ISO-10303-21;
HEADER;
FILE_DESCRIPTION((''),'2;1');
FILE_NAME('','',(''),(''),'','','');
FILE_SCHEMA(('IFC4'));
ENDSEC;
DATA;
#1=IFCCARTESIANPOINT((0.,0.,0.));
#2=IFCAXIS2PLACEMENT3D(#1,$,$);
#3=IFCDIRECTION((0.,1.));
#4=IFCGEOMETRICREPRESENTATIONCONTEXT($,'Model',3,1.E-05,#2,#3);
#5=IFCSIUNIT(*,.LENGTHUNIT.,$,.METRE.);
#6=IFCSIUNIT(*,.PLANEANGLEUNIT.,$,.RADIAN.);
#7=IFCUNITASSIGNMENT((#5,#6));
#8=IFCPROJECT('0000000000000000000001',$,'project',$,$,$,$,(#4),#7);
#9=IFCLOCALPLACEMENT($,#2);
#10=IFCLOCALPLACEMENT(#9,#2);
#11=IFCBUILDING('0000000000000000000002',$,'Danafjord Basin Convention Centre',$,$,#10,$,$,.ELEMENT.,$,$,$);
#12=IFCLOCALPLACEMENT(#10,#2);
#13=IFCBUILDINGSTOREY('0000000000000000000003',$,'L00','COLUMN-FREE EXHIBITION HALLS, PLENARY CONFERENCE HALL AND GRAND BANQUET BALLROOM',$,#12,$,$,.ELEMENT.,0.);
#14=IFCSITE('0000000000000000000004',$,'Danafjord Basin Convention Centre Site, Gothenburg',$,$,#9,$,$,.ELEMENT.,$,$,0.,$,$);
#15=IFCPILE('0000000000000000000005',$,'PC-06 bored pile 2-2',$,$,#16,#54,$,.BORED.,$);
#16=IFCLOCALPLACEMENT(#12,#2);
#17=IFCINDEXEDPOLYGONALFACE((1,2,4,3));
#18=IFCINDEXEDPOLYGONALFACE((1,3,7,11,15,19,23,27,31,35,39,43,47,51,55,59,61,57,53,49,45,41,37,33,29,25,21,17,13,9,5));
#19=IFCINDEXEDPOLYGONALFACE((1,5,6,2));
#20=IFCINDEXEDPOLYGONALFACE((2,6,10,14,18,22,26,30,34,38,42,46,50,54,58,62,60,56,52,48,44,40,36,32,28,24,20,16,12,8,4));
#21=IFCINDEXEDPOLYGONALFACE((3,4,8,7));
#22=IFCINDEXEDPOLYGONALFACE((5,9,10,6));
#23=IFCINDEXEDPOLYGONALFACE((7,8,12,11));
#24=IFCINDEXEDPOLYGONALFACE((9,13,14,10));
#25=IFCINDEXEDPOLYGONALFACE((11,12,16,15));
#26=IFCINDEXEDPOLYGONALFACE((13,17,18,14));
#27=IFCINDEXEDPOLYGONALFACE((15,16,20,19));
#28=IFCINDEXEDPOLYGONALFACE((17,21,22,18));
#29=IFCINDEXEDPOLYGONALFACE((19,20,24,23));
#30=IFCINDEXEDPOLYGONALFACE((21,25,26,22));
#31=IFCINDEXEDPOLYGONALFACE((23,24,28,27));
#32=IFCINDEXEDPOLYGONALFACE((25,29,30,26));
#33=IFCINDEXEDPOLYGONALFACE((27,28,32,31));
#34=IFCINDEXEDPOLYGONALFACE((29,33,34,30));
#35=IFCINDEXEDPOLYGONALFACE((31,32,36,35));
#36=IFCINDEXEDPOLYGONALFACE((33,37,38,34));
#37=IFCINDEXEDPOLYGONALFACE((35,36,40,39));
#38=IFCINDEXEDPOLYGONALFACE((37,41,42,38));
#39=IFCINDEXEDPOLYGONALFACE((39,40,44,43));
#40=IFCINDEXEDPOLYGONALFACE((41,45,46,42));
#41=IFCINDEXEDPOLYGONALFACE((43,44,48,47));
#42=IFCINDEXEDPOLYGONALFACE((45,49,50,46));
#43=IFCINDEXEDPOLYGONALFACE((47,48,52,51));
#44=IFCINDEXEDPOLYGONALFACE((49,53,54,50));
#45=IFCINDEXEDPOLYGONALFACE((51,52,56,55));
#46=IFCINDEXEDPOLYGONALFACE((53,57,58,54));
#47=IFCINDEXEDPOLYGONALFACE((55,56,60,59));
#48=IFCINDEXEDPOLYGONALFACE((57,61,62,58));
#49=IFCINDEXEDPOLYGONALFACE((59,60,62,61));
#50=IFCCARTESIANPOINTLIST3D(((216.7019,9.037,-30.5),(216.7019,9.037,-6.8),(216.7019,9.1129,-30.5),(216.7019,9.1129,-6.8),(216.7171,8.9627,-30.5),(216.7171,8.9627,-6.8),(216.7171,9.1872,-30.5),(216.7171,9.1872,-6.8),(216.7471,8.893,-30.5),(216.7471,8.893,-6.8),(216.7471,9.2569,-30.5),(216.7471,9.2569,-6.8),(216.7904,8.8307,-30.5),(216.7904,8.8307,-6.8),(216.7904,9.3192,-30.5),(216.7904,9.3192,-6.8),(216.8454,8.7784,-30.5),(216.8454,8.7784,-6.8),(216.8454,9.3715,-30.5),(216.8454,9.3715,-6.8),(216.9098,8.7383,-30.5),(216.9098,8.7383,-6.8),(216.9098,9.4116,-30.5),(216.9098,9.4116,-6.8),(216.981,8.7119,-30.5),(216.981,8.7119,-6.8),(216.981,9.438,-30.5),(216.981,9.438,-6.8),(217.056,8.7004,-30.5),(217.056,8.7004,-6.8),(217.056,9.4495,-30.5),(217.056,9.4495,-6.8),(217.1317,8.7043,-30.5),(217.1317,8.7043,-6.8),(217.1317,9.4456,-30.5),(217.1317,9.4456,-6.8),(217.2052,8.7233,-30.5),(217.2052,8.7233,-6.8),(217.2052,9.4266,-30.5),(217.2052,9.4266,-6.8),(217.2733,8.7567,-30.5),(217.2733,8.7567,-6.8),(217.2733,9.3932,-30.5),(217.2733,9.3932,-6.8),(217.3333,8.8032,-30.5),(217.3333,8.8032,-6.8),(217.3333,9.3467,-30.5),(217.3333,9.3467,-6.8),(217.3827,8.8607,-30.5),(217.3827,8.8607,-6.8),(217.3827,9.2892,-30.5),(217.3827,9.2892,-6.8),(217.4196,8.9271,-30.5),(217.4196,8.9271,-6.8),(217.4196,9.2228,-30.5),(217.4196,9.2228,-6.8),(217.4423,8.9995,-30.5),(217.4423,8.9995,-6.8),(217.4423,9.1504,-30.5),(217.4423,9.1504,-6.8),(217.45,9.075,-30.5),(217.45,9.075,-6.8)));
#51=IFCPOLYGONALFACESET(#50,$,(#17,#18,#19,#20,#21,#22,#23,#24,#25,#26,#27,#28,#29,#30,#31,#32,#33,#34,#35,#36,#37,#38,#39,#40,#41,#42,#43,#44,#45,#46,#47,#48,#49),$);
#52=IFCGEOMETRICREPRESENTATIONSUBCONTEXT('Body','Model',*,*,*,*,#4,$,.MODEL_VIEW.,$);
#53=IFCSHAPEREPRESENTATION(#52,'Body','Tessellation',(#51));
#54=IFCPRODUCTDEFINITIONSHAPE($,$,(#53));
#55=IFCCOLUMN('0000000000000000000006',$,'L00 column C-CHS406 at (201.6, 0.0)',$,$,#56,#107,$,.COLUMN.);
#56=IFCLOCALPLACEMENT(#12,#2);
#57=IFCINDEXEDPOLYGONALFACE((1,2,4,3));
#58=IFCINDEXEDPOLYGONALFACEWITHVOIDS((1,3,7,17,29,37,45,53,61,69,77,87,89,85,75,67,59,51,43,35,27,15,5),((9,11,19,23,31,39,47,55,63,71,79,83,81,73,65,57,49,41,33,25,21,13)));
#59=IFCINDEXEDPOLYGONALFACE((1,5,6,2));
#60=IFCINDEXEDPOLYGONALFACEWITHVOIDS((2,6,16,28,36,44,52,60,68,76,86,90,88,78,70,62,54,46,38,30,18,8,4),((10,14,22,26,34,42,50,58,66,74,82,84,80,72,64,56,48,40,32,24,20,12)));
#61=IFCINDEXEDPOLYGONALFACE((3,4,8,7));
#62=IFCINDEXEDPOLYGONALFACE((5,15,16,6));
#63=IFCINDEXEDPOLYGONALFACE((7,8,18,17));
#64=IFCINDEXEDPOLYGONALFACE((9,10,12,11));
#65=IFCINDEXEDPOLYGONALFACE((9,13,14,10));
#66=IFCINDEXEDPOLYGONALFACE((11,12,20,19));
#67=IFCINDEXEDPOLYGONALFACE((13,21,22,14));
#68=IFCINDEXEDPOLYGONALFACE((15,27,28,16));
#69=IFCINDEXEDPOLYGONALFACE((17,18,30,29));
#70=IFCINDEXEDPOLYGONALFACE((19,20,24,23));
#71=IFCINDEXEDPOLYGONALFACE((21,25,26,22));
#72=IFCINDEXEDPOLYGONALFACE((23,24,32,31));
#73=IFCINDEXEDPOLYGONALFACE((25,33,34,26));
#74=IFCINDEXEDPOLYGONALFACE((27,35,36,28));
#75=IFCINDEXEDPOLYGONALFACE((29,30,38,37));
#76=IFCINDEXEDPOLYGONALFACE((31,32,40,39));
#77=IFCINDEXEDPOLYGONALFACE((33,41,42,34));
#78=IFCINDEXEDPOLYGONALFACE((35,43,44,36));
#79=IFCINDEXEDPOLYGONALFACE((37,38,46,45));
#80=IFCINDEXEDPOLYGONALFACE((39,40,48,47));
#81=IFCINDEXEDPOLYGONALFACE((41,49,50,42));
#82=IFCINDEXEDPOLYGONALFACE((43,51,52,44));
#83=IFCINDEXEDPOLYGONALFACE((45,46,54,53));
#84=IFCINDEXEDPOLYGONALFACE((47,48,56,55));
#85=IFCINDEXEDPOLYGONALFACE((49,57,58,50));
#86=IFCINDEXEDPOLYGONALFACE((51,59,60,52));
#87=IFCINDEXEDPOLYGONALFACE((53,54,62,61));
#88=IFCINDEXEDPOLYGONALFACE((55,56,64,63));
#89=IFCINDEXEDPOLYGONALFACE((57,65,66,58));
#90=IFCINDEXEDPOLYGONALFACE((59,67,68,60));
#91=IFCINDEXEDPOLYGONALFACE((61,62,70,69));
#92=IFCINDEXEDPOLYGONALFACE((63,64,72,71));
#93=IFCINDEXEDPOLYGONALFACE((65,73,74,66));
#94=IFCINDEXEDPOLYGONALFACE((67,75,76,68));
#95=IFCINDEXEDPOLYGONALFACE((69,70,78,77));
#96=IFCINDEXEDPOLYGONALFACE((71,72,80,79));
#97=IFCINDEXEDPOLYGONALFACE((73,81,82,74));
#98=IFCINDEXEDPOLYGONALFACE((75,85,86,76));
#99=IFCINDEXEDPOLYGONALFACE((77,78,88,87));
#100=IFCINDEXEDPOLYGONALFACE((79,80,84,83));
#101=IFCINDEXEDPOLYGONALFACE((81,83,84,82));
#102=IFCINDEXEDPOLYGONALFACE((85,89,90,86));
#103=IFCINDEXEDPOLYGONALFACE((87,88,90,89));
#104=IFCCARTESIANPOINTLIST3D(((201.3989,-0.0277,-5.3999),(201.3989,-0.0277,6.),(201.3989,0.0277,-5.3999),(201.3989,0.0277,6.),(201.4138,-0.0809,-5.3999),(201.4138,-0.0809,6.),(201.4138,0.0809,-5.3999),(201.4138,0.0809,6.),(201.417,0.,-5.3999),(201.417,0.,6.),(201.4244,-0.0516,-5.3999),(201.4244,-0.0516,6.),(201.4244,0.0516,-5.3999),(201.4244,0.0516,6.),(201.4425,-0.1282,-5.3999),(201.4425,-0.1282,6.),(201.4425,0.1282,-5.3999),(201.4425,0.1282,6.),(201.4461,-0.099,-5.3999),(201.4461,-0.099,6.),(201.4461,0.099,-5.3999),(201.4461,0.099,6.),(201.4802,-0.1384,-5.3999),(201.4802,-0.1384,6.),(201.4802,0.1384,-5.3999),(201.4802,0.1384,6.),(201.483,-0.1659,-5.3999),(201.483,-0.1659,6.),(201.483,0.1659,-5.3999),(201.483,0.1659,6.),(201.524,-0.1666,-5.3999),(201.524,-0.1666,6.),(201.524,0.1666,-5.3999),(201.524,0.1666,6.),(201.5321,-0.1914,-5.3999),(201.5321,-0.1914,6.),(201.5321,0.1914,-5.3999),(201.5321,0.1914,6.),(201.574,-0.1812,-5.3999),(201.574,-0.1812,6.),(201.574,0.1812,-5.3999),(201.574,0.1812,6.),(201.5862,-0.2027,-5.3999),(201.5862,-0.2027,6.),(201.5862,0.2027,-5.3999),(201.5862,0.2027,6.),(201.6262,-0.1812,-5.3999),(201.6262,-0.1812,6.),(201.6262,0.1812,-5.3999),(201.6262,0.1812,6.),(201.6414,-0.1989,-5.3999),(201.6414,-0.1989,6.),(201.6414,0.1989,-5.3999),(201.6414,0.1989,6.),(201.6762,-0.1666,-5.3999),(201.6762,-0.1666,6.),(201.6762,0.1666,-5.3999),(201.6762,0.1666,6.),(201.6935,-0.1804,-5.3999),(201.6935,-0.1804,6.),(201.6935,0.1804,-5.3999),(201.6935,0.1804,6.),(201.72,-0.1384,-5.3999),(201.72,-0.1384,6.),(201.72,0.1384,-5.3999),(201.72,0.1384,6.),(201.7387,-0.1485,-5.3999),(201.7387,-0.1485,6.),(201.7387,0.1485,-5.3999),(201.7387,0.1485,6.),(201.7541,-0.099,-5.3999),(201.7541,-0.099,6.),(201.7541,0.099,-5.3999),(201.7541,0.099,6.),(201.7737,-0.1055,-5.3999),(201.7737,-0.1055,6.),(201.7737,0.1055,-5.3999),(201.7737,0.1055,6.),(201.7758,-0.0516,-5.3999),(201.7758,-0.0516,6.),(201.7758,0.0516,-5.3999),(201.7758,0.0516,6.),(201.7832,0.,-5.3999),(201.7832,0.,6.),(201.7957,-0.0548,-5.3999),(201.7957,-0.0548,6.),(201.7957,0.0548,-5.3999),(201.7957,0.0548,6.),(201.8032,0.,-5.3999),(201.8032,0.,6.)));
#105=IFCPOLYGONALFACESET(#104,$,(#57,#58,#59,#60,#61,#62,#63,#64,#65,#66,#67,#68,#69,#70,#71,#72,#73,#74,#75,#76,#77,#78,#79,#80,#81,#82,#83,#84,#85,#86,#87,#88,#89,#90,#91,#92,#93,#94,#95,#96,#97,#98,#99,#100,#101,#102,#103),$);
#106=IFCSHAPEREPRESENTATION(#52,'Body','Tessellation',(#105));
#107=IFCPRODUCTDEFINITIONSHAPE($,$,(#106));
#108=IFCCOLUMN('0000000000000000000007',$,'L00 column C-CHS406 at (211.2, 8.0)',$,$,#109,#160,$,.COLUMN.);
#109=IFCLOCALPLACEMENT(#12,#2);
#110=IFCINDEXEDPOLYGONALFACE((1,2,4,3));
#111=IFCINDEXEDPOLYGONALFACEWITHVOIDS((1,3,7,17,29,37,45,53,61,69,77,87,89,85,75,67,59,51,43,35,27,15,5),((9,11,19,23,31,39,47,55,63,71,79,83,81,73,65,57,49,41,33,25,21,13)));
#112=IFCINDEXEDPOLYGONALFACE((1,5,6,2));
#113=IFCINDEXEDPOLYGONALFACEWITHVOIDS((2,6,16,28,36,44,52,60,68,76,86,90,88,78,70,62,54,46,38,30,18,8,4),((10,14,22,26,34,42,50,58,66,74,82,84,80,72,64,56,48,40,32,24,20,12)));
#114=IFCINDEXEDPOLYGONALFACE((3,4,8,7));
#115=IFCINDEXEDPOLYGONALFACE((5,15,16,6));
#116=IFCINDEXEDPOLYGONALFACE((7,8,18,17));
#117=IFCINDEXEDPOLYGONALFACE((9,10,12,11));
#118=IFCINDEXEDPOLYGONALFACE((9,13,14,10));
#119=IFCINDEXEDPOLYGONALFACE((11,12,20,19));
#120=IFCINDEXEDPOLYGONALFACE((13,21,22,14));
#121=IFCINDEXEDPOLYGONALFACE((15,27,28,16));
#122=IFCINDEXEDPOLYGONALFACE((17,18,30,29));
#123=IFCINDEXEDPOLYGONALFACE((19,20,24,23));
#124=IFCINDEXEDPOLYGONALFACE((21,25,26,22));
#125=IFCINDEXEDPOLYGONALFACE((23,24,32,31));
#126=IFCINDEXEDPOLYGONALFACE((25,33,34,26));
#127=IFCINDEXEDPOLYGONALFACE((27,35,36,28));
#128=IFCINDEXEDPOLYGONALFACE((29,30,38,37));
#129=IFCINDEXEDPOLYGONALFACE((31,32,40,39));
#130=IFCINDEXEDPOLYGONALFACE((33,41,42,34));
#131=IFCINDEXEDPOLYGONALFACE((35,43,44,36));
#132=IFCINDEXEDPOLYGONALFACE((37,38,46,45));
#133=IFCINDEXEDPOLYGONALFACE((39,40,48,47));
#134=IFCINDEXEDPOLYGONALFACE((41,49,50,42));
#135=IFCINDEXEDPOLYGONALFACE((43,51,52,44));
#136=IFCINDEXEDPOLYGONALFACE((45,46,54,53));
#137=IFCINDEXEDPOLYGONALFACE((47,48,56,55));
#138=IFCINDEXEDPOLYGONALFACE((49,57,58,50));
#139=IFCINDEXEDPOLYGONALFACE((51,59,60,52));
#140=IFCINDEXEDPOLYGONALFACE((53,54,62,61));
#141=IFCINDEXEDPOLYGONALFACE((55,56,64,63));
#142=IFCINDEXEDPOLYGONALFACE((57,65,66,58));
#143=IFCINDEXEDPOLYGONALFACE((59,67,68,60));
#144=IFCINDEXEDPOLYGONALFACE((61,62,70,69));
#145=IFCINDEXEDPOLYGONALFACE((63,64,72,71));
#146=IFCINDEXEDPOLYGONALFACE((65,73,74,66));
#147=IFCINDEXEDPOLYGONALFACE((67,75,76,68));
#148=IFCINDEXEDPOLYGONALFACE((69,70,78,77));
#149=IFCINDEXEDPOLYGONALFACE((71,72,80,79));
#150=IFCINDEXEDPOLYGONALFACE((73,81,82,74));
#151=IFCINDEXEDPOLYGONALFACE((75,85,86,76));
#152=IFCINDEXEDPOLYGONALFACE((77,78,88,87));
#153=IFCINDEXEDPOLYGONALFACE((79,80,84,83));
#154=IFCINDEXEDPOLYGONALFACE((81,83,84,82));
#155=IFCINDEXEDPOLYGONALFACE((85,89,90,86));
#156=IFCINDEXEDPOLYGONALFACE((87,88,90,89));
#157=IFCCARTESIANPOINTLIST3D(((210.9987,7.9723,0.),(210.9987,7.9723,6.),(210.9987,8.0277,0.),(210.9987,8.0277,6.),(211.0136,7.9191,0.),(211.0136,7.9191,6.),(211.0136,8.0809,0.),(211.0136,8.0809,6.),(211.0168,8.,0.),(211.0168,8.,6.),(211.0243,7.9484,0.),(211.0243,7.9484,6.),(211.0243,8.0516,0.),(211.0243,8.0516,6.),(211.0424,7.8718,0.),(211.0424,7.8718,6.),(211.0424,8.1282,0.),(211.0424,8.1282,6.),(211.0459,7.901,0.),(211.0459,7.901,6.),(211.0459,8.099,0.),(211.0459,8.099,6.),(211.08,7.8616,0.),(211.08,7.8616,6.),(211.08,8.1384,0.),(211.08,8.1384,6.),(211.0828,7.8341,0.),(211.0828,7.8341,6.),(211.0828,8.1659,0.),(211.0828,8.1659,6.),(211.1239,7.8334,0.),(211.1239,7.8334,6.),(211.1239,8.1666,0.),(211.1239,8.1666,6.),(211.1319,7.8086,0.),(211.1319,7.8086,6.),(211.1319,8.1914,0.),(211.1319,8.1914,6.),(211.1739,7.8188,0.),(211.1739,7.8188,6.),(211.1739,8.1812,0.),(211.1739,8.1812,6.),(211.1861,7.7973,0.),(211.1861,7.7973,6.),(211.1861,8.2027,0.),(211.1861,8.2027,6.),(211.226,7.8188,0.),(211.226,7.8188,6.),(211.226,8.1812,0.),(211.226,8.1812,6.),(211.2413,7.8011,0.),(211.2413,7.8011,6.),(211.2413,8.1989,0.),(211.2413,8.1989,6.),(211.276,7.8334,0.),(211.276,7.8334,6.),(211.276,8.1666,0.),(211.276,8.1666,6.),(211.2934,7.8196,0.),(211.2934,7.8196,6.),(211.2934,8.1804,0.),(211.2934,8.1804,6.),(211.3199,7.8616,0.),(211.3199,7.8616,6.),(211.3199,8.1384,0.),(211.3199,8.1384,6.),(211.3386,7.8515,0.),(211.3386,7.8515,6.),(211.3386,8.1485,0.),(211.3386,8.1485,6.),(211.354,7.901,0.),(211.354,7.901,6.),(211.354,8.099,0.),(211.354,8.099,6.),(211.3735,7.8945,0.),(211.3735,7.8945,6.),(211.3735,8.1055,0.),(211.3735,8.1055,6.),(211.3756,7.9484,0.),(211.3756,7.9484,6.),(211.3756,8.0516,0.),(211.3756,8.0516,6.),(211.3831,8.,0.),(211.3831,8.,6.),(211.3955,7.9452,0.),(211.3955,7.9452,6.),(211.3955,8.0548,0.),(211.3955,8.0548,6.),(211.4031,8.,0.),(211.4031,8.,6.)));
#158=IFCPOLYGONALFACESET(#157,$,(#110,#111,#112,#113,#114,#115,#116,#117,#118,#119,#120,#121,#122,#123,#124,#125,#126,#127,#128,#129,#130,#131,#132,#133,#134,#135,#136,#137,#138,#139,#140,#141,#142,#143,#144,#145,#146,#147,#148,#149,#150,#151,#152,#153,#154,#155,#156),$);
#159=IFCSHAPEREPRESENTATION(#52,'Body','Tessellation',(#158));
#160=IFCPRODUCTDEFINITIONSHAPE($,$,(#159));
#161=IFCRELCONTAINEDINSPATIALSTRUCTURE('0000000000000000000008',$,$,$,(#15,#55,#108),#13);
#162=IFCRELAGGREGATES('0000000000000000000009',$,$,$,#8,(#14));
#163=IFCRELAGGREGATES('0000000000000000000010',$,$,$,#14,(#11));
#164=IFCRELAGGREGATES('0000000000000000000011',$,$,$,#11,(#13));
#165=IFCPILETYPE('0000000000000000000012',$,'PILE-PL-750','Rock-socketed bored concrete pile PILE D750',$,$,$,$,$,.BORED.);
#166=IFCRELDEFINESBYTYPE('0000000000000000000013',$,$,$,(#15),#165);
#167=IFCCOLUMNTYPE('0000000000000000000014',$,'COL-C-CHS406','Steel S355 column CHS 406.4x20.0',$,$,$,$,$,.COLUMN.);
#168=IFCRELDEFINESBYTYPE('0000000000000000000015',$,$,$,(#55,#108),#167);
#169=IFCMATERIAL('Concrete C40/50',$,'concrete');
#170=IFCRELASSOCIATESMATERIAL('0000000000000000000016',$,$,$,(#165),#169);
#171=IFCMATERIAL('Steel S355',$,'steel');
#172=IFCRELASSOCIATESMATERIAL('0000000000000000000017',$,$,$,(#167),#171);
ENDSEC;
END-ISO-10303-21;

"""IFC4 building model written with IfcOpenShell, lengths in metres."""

from ifc_helpers import new_model, si_unit, direction, frame, origin, origin_2d, place, context, subcontext, project, spatial, circle, hollow_circle, extrude, material, material_profile, profile_set, type_object, element, save


model = new_model("IFC4")

# Units and contexts
model_context = context("Model", 3, precision=1e-05, world=origin(), true_north=direction((0.0, 1.0)))
body_context = subcontext(model_context, "Body", "Model", "MODEL_VIEW")
ifc_project = project(units=[si_unit("LENGTHUNIT", "METRE"), si_unit("PLANEANGLEUNIT", "RADIAN")], contexts=[model_context])

# Site, building, storey
site_placement = place(None, origin())
site = spatial("IfcSite", under=ifc_project, at=site_placement, Name="Danafjord Basin Convention Centre Site, Gothenburg", CompositionType="ELEMENT", RefElevation=0.0)
building_placement = place(site_placement, origin())
building = spatial("IfcBuilding", under=site, at=building_placement, Name="Danafjord Basin Convention Centre", CompositionType="ELEMENT")
storey_placement = place(building_placement, origin())
storey = spatial("IfcBuildingStorey", under=building, at=storey_placement, Name="L00", Description="COLUMN-FREE EXHIBITION HALLS, PLENARY CONFERENCE HALL AND GRAND BANQUET BALLROOM", CompositionType="ELEMENT", Elevation=0.0)

# Shared definitions
ifc_material_1 = material(Name="Concrete C40/50", Category="concrete")

# Pile
ifc_material_profile_1 = material_profile(ifc_material_1, circle(Radius=0.375, at=origin_2d()), Name="PILE D750")
ifc_profile_set_1 = profile_set([ifc_material_profile_1], Name="Concrete C40/50")
pile_type = type_object("IfcPileType", Name="PILE-PL-750", Description="Rock-socketed bored concrete pile PILE D750", PredefinedType="BORED", material=ifc_profile_set_1)
for number, where, z_axis, x_axis, name in (
    (1, (217.075, 9.075, -6.8), (0.0, 0.0, -1.0), (1.0, 0.0, 0.0), "PC-06 bored pile 2-2"),
):
    element("IfcPile", number, at=place(storey_placement, frame(where, z_axis=z_axis, x_axis=x_axis)), inside=storey, type_object=pile_type, Name=name, PredefinedType="BORED", context=body_context, shape_type="SweptSolid", body=[
        extrude(circle(Radius=0.375, at=origin_2d()), origin(), (0.0, 0.0, 1.0), 23.7),
    ])

# Columns
ifc_material_2 = material(Name="Steel S355", Category="steel")
ifc_material_profile_2 = material_profile(ifc_material_2, hollow_circle(Radius=0.2031, WallThickness=0.02, at=origin_2d()), Name="CHS 406.4x20.0")
ifc_profile_set_2 = profile_set([ifc_material_profile_2], Name="Steel S355")
column_type_1 = type_object("IfcColumnType", Name="COL-C-CHS406", Description="Steel S355 column CHS 406.4x20.0", PredefinedType="COLUMN", material=ifc_profile_set_2)
column_1_placement = place(storey_placement, frame((201.6001, 0.0, -5.3999), z_axis=(0.0, 0.0, 1.0), x_axis=(1.0, 0.0, 0.0)))
element("IfcColumn", 2, at=column_1_placement, inside=storey, type_object=column_type_1, Name="L00 column C-CHS406 at (201.6, 0.0)", PredefinedType="COLUMN", context=body_context, shape_type="SweptSolid", body=[
    extrude(hollow_circle(Radius=0.2031, WallThickness=0.02, at=origin_2d()), origin(), (0.0, 0.0, 1.0), 11.3999),
])
column_2_placement = place(storey_placement, frame((211.2, 8.0, 0.0), z_axis=(0.0, 0.0, 1.0), x_axis=(1.0, 0.0, 0.0)))
element("IfcColumn", 3, at=column_2_placement, inside=storey, type_object=column_type_1, Name="L00 column C-CHS406 at (211.2, 8.0)", PredefinedType="COLUMN", context=body_context, shape_type="SweptSolid", body=[
    extrude(hollow_circle(Radius=0.2031, WallThickness=0.02, at=origin_2d()), origin(), (0.0, 0.0, 1.0), 6.0),
])

save(model, "model.ifc")
